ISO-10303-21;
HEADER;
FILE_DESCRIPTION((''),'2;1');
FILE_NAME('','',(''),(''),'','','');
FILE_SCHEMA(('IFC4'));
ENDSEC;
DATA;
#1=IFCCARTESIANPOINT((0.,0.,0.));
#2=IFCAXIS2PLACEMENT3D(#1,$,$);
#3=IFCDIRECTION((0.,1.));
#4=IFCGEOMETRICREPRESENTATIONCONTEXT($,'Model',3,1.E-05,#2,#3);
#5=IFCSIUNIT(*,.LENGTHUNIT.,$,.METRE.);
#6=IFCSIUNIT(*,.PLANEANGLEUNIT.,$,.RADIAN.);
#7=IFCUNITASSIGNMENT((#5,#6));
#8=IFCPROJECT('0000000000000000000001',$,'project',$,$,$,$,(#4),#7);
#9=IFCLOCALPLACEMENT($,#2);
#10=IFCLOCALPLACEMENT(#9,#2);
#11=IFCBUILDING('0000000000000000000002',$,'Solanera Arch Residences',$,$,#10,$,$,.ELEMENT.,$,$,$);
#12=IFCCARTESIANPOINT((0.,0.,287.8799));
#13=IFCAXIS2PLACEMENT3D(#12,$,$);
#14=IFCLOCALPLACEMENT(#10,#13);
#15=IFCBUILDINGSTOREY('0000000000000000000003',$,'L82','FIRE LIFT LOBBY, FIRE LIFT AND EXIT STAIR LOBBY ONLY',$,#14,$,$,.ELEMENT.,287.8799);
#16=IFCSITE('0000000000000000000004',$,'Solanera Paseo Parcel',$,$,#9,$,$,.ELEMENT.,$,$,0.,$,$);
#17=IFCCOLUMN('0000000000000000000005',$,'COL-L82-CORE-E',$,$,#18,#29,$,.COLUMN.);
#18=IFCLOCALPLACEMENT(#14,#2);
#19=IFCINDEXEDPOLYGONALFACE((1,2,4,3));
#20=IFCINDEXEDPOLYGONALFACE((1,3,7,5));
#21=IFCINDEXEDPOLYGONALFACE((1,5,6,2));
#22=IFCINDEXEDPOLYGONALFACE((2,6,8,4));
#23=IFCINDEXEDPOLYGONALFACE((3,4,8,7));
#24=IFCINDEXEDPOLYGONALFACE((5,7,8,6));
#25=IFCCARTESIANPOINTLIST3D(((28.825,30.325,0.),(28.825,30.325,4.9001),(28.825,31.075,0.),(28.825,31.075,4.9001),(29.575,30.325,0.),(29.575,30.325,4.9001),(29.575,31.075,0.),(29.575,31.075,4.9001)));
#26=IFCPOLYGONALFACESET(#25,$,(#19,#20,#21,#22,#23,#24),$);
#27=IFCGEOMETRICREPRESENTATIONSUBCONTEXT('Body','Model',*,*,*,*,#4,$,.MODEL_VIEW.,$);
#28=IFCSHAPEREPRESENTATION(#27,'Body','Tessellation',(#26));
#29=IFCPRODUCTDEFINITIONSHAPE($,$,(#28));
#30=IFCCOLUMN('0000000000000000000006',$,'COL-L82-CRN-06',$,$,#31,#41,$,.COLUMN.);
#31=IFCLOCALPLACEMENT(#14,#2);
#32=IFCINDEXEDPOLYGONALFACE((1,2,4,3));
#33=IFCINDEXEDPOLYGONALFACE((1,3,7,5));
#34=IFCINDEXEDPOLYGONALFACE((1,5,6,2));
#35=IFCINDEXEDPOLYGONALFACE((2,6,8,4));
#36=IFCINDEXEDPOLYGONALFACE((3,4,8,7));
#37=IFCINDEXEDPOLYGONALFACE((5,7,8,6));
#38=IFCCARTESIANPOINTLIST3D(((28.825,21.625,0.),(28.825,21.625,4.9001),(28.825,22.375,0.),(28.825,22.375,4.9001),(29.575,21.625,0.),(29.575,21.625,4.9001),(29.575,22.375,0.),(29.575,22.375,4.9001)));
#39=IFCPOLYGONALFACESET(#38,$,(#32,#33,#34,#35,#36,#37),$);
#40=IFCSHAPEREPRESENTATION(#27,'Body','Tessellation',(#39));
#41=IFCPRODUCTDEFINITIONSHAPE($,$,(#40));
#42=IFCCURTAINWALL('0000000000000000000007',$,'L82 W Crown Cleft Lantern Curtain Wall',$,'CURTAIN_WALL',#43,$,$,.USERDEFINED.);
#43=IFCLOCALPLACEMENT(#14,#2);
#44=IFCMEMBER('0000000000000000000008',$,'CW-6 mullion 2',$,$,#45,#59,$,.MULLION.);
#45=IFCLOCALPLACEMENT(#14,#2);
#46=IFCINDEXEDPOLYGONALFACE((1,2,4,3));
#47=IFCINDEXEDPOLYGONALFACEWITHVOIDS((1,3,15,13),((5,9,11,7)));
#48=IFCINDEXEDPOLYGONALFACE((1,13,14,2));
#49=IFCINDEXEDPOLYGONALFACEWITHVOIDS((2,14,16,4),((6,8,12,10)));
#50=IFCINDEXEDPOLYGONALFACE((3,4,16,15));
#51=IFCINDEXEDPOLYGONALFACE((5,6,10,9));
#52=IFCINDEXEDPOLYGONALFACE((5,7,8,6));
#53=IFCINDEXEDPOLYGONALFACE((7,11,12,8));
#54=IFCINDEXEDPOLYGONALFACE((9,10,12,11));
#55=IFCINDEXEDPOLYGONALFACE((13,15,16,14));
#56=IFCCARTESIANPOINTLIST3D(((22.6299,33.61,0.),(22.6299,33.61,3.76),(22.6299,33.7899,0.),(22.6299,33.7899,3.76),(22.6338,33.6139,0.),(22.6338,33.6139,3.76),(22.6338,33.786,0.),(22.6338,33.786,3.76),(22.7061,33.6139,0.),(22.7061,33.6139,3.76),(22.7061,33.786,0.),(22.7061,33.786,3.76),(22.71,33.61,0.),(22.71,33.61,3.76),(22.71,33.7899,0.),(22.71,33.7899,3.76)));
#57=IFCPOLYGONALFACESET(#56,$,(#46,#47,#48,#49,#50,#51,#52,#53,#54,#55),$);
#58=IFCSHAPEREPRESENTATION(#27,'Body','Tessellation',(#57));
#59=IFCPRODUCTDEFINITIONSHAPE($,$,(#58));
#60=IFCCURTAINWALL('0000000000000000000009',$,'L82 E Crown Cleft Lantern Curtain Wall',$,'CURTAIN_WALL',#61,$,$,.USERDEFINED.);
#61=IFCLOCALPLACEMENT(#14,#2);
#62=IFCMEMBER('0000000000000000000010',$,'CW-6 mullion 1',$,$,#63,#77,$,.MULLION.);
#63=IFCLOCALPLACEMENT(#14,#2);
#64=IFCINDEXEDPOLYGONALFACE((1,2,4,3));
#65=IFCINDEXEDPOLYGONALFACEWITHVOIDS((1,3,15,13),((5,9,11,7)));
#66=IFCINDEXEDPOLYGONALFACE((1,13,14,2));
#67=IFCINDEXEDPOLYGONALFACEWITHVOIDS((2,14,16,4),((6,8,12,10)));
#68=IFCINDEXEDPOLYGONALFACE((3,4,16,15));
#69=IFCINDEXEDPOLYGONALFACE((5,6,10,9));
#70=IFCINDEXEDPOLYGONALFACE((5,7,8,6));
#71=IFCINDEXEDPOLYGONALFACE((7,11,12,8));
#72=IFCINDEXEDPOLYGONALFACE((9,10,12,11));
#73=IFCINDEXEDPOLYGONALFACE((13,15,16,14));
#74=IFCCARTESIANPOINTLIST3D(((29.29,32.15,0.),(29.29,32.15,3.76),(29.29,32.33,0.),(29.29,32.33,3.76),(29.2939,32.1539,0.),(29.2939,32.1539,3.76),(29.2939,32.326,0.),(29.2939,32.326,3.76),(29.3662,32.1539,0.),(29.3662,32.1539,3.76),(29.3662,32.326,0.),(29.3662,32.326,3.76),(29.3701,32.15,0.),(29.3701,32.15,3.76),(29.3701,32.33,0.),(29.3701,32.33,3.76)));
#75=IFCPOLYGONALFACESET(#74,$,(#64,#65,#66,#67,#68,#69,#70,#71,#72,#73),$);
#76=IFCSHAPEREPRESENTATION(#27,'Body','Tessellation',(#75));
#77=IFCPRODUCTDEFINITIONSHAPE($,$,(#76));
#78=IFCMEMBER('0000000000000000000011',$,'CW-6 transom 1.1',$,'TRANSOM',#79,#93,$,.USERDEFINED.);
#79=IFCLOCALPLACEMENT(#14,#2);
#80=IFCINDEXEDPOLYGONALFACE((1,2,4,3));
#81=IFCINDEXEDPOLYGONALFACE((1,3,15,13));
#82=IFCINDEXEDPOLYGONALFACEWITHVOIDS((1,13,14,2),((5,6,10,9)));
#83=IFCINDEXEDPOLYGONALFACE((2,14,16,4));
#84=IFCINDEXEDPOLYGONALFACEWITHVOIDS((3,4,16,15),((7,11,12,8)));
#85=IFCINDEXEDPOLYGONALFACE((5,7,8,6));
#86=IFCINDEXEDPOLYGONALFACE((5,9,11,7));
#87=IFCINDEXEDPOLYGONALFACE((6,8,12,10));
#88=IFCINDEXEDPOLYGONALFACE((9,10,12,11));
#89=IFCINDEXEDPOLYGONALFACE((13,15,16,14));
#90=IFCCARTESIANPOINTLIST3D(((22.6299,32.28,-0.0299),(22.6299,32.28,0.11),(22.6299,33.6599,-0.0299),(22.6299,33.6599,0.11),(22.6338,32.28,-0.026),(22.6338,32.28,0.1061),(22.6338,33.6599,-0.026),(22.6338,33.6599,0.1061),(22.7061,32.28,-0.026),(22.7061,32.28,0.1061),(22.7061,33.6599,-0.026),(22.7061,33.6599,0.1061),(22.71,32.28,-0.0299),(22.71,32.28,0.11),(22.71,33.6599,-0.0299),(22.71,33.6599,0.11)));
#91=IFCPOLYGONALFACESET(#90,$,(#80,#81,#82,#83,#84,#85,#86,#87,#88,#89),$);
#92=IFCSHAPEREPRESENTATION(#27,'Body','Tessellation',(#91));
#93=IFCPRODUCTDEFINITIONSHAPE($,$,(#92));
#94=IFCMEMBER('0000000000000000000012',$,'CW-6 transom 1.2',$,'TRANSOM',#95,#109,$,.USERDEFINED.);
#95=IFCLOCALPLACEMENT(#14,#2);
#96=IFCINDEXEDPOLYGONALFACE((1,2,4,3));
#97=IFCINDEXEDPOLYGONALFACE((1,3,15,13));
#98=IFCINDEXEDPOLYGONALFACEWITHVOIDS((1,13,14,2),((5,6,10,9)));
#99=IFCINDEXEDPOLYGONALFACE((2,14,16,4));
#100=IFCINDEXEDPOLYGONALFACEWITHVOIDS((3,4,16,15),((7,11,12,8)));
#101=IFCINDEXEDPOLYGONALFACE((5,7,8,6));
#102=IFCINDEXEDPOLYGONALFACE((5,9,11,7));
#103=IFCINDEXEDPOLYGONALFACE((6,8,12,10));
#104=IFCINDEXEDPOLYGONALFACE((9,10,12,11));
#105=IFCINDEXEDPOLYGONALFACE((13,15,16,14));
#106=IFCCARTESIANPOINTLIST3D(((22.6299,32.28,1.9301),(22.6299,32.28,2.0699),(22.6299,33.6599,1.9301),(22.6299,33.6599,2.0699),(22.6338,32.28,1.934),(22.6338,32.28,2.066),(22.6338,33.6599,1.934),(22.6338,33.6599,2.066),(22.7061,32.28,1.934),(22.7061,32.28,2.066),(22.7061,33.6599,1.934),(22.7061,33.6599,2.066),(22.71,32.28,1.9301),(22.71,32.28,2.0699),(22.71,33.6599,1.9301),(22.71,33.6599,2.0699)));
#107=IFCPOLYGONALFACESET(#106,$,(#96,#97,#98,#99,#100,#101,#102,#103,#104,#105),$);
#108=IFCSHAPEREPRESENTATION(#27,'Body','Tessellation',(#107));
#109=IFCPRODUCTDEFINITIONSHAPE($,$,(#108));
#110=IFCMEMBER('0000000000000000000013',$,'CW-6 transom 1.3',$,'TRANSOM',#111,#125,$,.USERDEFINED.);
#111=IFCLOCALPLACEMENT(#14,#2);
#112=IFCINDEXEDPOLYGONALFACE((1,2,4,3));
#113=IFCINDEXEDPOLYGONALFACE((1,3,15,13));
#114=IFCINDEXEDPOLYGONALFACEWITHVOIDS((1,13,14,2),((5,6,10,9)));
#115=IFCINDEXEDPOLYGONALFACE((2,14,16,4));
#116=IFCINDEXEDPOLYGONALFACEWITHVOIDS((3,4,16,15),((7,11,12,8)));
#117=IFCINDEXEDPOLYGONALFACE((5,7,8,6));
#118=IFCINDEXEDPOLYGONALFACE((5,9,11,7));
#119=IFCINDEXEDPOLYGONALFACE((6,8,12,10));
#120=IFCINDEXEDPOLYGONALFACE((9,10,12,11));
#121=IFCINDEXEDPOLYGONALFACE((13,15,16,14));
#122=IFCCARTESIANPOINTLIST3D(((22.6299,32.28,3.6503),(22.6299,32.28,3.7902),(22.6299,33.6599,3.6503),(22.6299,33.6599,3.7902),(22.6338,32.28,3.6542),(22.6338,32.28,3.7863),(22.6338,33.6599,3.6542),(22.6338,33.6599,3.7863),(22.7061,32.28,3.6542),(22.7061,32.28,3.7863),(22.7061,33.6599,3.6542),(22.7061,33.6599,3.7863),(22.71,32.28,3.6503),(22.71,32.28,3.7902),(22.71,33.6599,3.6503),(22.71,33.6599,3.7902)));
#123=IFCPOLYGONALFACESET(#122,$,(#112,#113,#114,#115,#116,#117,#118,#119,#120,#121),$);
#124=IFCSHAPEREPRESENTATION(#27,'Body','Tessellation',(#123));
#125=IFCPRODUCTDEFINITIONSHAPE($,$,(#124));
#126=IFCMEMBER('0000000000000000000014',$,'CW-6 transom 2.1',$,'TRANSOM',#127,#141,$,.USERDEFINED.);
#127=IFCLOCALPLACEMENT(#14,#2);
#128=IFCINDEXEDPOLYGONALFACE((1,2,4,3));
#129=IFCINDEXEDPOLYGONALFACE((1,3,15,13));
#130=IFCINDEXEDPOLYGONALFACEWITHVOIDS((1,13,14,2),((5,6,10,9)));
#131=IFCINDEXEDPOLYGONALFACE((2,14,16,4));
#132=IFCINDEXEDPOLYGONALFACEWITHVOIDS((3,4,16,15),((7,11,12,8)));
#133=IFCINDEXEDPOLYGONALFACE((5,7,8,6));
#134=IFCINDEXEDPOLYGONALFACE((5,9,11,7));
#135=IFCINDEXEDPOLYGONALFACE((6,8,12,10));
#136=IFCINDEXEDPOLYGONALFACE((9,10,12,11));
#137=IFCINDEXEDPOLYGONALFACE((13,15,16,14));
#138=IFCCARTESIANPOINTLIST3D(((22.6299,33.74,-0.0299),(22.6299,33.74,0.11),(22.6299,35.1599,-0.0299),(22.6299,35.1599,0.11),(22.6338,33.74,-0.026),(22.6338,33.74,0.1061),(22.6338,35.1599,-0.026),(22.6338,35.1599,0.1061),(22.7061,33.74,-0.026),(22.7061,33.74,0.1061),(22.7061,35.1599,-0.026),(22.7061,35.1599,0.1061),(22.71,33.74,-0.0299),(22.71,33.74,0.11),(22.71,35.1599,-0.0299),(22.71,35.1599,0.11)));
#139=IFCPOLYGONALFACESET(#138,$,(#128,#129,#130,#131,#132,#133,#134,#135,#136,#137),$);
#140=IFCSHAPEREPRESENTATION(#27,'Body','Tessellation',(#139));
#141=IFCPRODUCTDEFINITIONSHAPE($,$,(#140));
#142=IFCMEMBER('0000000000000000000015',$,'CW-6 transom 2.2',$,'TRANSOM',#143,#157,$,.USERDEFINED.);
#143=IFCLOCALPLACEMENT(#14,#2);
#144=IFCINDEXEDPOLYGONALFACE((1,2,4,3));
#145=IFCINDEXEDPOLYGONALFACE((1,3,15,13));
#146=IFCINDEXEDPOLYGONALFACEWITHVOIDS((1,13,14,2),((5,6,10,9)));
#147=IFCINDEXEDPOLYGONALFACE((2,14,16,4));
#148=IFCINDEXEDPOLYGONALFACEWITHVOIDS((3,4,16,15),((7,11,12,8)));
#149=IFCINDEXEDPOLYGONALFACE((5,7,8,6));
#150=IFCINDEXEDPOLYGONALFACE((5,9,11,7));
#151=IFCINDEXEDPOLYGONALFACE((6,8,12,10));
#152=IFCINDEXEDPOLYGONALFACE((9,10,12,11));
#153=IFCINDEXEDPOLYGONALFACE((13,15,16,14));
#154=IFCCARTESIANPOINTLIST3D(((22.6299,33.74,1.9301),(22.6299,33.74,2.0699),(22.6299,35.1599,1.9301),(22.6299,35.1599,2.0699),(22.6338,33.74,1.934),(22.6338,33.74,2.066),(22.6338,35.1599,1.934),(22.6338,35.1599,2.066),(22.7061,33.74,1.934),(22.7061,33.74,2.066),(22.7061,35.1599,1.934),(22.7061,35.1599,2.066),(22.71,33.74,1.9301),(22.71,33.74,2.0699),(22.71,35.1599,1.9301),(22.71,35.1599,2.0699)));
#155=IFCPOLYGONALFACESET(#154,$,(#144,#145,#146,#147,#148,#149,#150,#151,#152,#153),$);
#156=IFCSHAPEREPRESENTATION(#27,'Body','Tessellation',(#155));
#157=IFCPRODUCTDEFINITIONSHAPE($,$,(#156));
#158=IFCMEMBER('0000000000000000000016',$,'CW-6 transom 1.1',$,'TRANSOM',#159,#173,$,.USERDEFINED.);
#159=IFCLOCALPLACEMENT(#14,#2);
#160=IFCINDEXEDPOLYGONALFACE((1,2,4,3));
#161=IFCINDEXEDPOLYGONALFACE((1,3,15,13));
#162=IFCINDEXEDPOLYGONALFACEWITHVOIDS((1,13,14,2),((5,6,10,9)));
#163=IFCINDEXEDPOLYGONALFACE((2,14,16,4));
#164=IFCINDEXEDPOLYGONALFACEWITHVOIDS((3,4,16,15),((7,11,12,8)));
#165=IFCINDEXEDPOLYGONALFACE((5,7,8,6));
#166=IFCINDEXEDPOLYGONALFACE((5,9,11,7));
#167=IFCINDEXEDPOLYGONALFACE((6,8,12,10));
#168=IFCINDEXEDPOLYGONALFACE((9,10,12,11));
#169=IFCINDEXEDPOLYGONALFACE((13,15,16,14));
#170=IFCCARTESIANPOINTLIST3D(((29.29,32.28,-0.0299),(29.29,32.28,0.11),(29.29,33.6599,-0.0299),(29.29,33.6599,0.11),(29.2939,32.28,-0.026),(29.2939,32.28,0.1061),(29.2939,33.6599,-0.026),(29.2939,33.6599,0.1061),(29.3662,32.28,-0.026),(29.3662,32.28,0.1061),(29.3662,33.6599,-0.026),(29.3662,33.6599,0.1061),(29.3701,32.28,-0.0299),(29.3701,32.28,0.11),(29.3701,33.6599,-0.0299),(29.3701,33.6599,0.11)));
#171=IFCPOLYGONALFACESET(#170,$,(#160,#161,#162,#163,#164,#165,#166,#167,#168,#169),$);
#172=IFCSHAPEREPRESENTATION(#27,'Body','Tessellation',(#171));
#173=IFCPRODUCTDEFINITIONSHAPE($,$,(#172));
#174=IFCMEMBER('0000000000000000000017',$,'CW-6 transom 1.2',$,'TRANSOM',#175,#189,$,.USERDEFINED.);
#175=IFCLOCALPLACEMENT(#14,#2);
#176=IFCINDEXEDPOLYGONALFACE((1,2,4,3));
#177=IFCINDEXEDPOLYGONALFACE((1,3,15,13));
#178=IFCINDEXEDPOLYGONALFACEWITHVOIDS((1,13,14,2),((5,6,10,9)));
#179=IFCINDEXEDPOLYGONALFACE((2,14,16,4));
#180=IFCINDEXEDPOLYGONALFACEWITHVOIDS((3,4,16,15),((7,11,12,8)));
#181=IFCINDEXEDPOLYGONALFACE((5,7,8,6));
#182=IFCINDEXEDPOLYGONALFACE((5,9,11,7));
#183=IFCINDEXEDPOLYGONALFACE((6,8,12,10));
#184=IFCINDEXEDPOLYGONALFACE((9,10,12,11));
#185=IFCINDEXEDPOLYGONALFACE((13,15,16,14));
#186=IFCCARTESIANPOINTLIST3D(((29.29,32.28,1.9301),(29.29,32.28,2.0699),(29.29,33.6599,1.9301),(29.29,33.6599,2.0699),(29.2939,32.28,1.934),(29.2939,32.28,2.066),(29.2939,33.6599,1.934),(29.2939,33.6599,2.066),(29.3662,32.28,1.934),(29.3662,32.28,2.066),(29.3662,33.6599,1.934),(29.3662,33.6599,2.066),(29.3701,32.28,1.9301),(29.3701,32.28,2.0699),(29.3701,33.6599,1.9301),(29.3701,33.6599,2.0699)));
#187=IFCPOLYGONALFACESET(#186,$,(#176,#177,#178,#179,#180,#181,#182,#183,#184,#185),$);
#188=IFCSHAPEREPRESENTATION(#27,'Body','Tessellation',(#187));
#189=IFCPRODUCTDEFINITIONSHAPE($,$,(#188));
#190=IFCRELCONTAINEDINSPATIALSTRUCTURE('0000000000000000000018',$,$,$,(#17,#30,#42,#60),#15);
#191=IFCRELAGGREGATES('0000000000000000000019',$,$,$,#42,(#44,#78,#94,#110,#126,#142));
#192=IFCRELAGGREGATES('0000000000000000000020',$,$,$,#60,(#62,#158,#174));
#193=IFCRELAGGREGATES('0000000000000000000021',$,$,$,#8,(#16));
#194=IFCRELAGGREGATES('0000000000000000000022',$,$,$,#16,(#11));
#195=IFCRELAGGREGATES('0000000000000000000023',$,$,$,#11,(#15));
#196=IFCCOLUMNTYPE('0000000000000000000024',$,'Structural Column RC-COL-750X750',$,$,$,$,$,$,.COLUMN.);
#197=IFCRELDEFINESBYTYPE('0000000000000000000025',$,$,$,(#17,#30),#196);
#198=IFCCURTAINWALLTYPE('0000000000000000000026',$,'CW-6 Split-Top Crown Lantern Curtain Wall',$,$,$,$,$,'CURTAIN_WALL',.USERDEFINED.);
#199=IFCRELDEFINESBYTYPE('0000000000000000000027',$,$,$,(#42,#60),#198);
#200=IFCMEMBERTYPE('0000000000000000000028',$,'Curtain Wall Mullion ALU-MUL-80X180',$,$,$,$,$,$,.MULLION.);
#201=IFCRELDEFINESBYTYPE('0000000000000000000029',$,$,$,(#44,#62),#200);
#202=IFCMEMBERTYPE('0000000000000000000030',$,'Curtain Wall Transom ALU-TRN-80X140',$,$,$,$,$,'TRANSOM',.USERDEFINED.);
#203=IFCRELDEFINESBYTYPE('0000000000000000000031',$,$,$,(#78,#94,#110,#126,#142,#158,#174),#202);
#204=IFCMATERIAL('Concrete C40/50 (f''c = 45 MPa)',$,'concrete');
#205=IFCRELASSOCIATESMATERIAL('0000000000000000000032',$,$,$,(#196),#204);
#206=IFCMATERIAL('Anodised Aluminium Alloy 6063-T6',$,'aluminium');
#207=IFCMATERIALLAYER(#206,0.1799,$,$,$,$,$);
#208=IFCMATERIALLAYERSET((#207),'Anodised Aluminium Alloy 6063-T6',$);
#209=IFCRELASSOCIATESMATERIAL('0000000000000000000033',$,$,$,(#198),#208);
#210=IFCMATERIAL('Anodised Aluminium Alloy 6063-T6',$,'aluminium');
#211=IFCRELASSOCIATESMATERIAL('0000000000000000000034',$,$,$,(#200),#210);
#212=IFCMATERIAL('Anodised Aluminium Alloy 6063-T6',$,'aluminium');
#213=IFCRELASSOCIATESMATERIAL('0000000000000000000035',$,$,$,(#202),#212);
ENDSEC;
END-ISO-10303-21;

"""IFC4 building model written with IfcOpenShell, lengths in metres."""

from ifc_helpers import new_model, si_unit, direction, frame, origin, origin_2d, place, context, subcontext, project, spatial, rectangle, hollow_rectangle, extrude, material, layer, layer_set, material_profile, profile_set, type_object, element, aggregate, save


model = new_model("IFC4")

# Units and contexts
model_context = context("Model", 3, precision=1e-05, world=origin(), true_north=direction((0.0, 1.0)))
body_context = subcontext(model_context, "Body", "Model", "MODEL_VIEW")
ifc_project = project(units=[si_unit("LENGTHUNIT", "METRE"), si_unit("PLANEANGLEUNIT", "RADIAN")], contexts=[model_context])

# Site, building, storey
site_placement = place(None, origin())
site = spatial("IfcSite", under=ifc_project, at=site_placement, Name="Solanera Paseo Parcel", CompositionType="ELEMENT", RefElevation=0.0)
building_placement = place(site_placement, origin())
building = spatial("IfcBuilding", under=site, at=building_placement, Name="Solanera Arch Residences", CompositionType="ELEMENT")
storey_placement = place(building_placement, frame((0.0, 0.0, 287.8799)))
storey = spatial("IfcBuildingStorey", under=building, at=storey_placement, Name="L82", Description="FIRE LIFT LOBBY, FIRE LIFT AND EXIT STAIR LOBBY ONLY", CompositionType="ELEMENT", Elevation=287.8799)

# Columns
ifc_material_1 = material(Name="Concrete C40/50 (f'c = 45 MPa)", Category="concrete")
ifc_material_profile_1 = material_profile(ifc_material_1, rectangle(XDim=0.75, YDim=0.75, at=origin_2d()))
ifc_profile_set_1 = profile_set([ifc_material_profile_1], Name="Concrete C40/50 (f'c = 45 MPa)")
column_type = type_object("IfcColumnType", Name="Structural Column RC-COL-750X750", PredefinedType="COLUMN", material=ifc_profile_set_1)
for number, where, z_axis, x_axis, name in (
    (1, (29.2, 30.7, 0.0), (0.0, 0.0, 1.0), (1.0, 0.0, 0.0), "COL-L82-CORE-E"),
    (2, (29.2, 22.0, 0.0), (0.0, 0.0, 1.0), (1.0, 0.0, 0.0), "COL-L82-CRN-06"),
):
    element("IfcColumn", number, at=place(storey_placement, frame(where, z_axis=z_axis, x_axis=x_axis)), inside=storey, type_object=column_type, Name=name, PredefinedType="COLUMN", context=body_context, shape_type="SweptSolid", body=[
        extrude(rectangle(XDim=0.75, YDim=0.75, at=origin_2d()), origin(), (0.0, 0.0, 1.0), 4.9001),
    ])

# Curtain walls, members
ifc_material_2 = material(Name="Anodised Aluminium Alloy 6063-T6", Category="aluminium")
ifc_layer_1 = layer(ifc_material_2, 0.1799)
ifc_layer_set_1 = layer_set([ifc_layer_1], Name="Anodised Aluminium Alloy 6063-T6")
curtain_wall_type = type_object("IfcCurtainWallType", Name="CW-6 Split-Top Crown Lantern Curtain Wall", ElementType="CURTAIN_WALL", PredefinedType="USERDEFINED", material=ifc_layer_set_1)
curtain_wall_1_placement = place(storey_placement, origin())
curtain_wall_1 = element("IfcCurtainWall", 3, at=curtain_wall_1_placement, inside=storey, type_object=curtain_wall_type, Name="L82 W Crown Cleft Lantern Curtain Wall", ObjectType="CURTAIN_WALL", PredefinedType="USERDEFINED")
ifc_material_3 = material(Name="Anodised Aluminium Alloy 6063-T6", Category="aluminium")
ifc_material_profile_2 = material_profile(ifc_material_3, hollow_rectangle(XDim=0.0801, YDim=0.1799, WallThickness=0.0039, at=origin_2d()))
ifc_profile_set_2 = profile_set([ifc_material_profile_2], Name="Anodised Aluminium Alloy 6063-T6")
member_type_1 = type_object("IfcMemberType", Name="Curtain Wall Mullion ALU-MUL-80X180", PredefinedType="MULLION", material=ifc_profile_set_2)
member_1_placement = place(storey_placement, frame((22.6699, 33.7, 0.0), z_axis=(0.0, 0.0, 1.0), x_axis=(-1.0, 0.0, 0.0)))
member_1 = element("IfcMember", 4, at=member_1_placement, type_object=member_type_1, Name="CW-6 mullion 2", PredefinedType="MULLION", context=body_context, shape_type="SweptSolid", body=[
    extrude(hollow_rectangle(XDim=0.0801, YDim=0.1799, WallThickness=0.0039, at=origin_2d()), origin(), (0.0, 0.0, 1.0), 3.76),
])
curtain_wall_2_placement = place(storey_placement, origin())
curtain_wall_2 = element("IfcCurtainWall", 5, at=curtain_wall_2_placement, inside=storey, type_object=curtain_wall_type, Name="L82 E Crown Cleft Lantern Curtain Wall", ObjectType="CURTAIN_WALL", PredefinedType="USERDEFINED")
member_2_placement = place(storey_placement, frame((29.3301, 32.24, 0.0), z_axis=(0.0, 0.0, 1.0), x_axis=(-1.0, 0.0, 0.0)))
member_2 = element("IfcMember", 6, at=member_2_placement, type_object=member_type_1, Name="CW-6 mullion 1", PredefinedType="MULLION", context=body_context, shape_type="SweptSolid", body=[
    extrude(hollow_rectangle(XDim=0.0801, YDim=0.1799, WallThickness=0.0039, at=origin_2d()), origin(), (0.0, 0.0, 1.0), 3.76),
])

# Members
ifc_material_4 = material(Name="Anodised Aluminium Alloy 6063-T6", Category="aluminium")
ifc_material_profile_3 = material_profile(ifc_material_4, hollow_rectangle(XDim=0.0801, YDim=0.1399, WallThickness=0.0039, at=origin_2d()))
ifc_profile_set_3 = profile_set([ifc_material_profile_3], Name="Anodised Aluminium Alloy 6063-T6")
member_type_2 = type_object("IfcMemberType", Name="Curtain Wall Transom ALU-TRN-80X140", ElementType="TRANSOM", PredefinedType="USERDEFINED", material=ifc_profile_set_3)
member_3_placement = place(storey_placement, frame((22.6699, 32.28, 0.04), z_axis=(0.0, 1.0, 0.0), x_axis=(-1.0, 0.0, 0.0)))
member_3 = element("IfcMember", 7, at=member_3_placement, type_object=member_type_2, Name="CW-6 transom 1.1", ObjectType="TRANSOM", PredefinedType="USERDEFINED", context=body_context, shape_type="SweptSolid", body=[
    extrude(hollow_rectangle(XDim=0.0801, YDim=0.1399, WallThickness=0.0039, at=origin_2d()), origin(), (0.0, 0.0, 1.0), 1.3799),
])
member_4_placement = place(storey_placement, frame((22.6699, 32.28, 2.0), z_axis=(0.0, 1.0, 0.0), x_axis=(-1.0, 0.0, 0.0)))
member_4 = element("IfcMember", 8, at=member_4_placement, type_object=member_type_2, Name="CW-6 transom 1.2", ObjectType="TRANSOM", PredefinedType="USERDEFINED", context=body_context, shape_type="SweptSolid", body=[
    extrude(hollow_rectangle(XDim=0.0801, YDim=0.1399, WallThickness=0.0039, at=origin_2d()), origin(), (0.0, 0.0, 1.0), 1.3799),
])
member_5_placement = place(storey_placement, frame((22.6699, 32.28, 3.7202), z_axis=(0.0, 1.0, 0.0), x_axis=(-1.0, 0.0, 0.0)))
member_5 = element("IfcMember", 9, at=member_5_placement, type_object=member_type_2, Name="CW-6 transom 1.3", ObjectType="TRANSOM", PredefinedType="USERDEFINED", context=body_context, shape_type="SweptSolid", body=[
    extrude(hollow_rectangle(XDim=0.0801, YDim=0.1399, WallThickness=0.0039, at=origin_2d()), origin(), (0.0, 0.0, 1.0), 1.3799),
])
member_6_placement = place(storey_placement, frame((22.6699, 33.74, 0.04), z_axis=(0.0, 1.0, 0.0), x_axis=(-1.0, 0.0, 0.0)))
member_6 = element("IfcMember", 10, at=member_6_placement, type_object=member_type_2, Name="CW-6 transom 2.1", ObjectType="TRANSOM", PredefinedType="USERDEFINED", context=body_context, shape_type="SweptSolid", body=[
    extrude(hollow_rectangle(XDim=0.0801, YDim=0.1399, WallThickness=0.0039, at=origin_2d()), origin(), (0.0, 0.0, 1.0), 1.4199),
])
member_7_placement = place(storey_placement, frame((22.6699, 33.74, 2.0), z_axis=(0.0, 1.0, 0.0), x_axis=(-1.0, 0.0, 0.0)))
member_7 = element("IfcMember", 11, at=member_7_placement, type_object=member_type_2, Name="CW-6 transom 2.2", ObjectType="TRANSOM", PredefinedType="USERDEFINED", context=body_context, shape_type="SweptSolid", body=[
    extrude(hollow_rectangle(XDim=0.0801, YDim=0.1399, WallThickness=0.0039, at=origin_2d()), origin(), (0.0, 0.0, 1.0), 1.4199),
])
member_8_placement = place(storey_placement, frame((29.3301, 32.28, 0.04), z_axis=(0.0, 1.0, 0.0), x_axis=(-1.0, 0.0, 0.0)))
member_8 = element("IfcMember", 12, at=member_8_placement, type_object=member_type_2, Name="CW-6 transom 1.1", ObjectType="TRANSOM", PredefinedType="USERDEFINED", context=body_context, shape_type="SweptSolid", body=[
    extrude(hollow_rectangle(XDim=0.0801, YDim=0.1399, WallThickness=0.0039, at=origin_2d()), origin(), (0.0, 0.0, 1.0), 1.3799),
])
member_9_placement = place(storey_placement, frame((29.3301, 32.28, 2.0), z_axis=(0.0, 1.0, 0.0), x_axis=(-1.0, 0.0, 0.0)))
member_9 = element("IfcMember", 13, at=member_9_placement, type_object=member_type_2, Name="CW-6 transom 1.2", ObjectType="TRANSOM", PredefinedType="USERDEFINED", context=body_context, shape_type="SweptSolid", body=[
    extrude(hollow_rectangle(XDim=0.0801, YDim=0.1399, WallThickness=0.0039, at=origin_2d()), origin(), (0.0, 0.0, 1.0), 1.3799),
])

aggregate(curtain_wall_1, [member_1, member_3, member_4, member_5, member_6, member_7])
aggregate(curtain_wall_2, [member_2, member_8, member_9])

save(model, "model.ifc")
